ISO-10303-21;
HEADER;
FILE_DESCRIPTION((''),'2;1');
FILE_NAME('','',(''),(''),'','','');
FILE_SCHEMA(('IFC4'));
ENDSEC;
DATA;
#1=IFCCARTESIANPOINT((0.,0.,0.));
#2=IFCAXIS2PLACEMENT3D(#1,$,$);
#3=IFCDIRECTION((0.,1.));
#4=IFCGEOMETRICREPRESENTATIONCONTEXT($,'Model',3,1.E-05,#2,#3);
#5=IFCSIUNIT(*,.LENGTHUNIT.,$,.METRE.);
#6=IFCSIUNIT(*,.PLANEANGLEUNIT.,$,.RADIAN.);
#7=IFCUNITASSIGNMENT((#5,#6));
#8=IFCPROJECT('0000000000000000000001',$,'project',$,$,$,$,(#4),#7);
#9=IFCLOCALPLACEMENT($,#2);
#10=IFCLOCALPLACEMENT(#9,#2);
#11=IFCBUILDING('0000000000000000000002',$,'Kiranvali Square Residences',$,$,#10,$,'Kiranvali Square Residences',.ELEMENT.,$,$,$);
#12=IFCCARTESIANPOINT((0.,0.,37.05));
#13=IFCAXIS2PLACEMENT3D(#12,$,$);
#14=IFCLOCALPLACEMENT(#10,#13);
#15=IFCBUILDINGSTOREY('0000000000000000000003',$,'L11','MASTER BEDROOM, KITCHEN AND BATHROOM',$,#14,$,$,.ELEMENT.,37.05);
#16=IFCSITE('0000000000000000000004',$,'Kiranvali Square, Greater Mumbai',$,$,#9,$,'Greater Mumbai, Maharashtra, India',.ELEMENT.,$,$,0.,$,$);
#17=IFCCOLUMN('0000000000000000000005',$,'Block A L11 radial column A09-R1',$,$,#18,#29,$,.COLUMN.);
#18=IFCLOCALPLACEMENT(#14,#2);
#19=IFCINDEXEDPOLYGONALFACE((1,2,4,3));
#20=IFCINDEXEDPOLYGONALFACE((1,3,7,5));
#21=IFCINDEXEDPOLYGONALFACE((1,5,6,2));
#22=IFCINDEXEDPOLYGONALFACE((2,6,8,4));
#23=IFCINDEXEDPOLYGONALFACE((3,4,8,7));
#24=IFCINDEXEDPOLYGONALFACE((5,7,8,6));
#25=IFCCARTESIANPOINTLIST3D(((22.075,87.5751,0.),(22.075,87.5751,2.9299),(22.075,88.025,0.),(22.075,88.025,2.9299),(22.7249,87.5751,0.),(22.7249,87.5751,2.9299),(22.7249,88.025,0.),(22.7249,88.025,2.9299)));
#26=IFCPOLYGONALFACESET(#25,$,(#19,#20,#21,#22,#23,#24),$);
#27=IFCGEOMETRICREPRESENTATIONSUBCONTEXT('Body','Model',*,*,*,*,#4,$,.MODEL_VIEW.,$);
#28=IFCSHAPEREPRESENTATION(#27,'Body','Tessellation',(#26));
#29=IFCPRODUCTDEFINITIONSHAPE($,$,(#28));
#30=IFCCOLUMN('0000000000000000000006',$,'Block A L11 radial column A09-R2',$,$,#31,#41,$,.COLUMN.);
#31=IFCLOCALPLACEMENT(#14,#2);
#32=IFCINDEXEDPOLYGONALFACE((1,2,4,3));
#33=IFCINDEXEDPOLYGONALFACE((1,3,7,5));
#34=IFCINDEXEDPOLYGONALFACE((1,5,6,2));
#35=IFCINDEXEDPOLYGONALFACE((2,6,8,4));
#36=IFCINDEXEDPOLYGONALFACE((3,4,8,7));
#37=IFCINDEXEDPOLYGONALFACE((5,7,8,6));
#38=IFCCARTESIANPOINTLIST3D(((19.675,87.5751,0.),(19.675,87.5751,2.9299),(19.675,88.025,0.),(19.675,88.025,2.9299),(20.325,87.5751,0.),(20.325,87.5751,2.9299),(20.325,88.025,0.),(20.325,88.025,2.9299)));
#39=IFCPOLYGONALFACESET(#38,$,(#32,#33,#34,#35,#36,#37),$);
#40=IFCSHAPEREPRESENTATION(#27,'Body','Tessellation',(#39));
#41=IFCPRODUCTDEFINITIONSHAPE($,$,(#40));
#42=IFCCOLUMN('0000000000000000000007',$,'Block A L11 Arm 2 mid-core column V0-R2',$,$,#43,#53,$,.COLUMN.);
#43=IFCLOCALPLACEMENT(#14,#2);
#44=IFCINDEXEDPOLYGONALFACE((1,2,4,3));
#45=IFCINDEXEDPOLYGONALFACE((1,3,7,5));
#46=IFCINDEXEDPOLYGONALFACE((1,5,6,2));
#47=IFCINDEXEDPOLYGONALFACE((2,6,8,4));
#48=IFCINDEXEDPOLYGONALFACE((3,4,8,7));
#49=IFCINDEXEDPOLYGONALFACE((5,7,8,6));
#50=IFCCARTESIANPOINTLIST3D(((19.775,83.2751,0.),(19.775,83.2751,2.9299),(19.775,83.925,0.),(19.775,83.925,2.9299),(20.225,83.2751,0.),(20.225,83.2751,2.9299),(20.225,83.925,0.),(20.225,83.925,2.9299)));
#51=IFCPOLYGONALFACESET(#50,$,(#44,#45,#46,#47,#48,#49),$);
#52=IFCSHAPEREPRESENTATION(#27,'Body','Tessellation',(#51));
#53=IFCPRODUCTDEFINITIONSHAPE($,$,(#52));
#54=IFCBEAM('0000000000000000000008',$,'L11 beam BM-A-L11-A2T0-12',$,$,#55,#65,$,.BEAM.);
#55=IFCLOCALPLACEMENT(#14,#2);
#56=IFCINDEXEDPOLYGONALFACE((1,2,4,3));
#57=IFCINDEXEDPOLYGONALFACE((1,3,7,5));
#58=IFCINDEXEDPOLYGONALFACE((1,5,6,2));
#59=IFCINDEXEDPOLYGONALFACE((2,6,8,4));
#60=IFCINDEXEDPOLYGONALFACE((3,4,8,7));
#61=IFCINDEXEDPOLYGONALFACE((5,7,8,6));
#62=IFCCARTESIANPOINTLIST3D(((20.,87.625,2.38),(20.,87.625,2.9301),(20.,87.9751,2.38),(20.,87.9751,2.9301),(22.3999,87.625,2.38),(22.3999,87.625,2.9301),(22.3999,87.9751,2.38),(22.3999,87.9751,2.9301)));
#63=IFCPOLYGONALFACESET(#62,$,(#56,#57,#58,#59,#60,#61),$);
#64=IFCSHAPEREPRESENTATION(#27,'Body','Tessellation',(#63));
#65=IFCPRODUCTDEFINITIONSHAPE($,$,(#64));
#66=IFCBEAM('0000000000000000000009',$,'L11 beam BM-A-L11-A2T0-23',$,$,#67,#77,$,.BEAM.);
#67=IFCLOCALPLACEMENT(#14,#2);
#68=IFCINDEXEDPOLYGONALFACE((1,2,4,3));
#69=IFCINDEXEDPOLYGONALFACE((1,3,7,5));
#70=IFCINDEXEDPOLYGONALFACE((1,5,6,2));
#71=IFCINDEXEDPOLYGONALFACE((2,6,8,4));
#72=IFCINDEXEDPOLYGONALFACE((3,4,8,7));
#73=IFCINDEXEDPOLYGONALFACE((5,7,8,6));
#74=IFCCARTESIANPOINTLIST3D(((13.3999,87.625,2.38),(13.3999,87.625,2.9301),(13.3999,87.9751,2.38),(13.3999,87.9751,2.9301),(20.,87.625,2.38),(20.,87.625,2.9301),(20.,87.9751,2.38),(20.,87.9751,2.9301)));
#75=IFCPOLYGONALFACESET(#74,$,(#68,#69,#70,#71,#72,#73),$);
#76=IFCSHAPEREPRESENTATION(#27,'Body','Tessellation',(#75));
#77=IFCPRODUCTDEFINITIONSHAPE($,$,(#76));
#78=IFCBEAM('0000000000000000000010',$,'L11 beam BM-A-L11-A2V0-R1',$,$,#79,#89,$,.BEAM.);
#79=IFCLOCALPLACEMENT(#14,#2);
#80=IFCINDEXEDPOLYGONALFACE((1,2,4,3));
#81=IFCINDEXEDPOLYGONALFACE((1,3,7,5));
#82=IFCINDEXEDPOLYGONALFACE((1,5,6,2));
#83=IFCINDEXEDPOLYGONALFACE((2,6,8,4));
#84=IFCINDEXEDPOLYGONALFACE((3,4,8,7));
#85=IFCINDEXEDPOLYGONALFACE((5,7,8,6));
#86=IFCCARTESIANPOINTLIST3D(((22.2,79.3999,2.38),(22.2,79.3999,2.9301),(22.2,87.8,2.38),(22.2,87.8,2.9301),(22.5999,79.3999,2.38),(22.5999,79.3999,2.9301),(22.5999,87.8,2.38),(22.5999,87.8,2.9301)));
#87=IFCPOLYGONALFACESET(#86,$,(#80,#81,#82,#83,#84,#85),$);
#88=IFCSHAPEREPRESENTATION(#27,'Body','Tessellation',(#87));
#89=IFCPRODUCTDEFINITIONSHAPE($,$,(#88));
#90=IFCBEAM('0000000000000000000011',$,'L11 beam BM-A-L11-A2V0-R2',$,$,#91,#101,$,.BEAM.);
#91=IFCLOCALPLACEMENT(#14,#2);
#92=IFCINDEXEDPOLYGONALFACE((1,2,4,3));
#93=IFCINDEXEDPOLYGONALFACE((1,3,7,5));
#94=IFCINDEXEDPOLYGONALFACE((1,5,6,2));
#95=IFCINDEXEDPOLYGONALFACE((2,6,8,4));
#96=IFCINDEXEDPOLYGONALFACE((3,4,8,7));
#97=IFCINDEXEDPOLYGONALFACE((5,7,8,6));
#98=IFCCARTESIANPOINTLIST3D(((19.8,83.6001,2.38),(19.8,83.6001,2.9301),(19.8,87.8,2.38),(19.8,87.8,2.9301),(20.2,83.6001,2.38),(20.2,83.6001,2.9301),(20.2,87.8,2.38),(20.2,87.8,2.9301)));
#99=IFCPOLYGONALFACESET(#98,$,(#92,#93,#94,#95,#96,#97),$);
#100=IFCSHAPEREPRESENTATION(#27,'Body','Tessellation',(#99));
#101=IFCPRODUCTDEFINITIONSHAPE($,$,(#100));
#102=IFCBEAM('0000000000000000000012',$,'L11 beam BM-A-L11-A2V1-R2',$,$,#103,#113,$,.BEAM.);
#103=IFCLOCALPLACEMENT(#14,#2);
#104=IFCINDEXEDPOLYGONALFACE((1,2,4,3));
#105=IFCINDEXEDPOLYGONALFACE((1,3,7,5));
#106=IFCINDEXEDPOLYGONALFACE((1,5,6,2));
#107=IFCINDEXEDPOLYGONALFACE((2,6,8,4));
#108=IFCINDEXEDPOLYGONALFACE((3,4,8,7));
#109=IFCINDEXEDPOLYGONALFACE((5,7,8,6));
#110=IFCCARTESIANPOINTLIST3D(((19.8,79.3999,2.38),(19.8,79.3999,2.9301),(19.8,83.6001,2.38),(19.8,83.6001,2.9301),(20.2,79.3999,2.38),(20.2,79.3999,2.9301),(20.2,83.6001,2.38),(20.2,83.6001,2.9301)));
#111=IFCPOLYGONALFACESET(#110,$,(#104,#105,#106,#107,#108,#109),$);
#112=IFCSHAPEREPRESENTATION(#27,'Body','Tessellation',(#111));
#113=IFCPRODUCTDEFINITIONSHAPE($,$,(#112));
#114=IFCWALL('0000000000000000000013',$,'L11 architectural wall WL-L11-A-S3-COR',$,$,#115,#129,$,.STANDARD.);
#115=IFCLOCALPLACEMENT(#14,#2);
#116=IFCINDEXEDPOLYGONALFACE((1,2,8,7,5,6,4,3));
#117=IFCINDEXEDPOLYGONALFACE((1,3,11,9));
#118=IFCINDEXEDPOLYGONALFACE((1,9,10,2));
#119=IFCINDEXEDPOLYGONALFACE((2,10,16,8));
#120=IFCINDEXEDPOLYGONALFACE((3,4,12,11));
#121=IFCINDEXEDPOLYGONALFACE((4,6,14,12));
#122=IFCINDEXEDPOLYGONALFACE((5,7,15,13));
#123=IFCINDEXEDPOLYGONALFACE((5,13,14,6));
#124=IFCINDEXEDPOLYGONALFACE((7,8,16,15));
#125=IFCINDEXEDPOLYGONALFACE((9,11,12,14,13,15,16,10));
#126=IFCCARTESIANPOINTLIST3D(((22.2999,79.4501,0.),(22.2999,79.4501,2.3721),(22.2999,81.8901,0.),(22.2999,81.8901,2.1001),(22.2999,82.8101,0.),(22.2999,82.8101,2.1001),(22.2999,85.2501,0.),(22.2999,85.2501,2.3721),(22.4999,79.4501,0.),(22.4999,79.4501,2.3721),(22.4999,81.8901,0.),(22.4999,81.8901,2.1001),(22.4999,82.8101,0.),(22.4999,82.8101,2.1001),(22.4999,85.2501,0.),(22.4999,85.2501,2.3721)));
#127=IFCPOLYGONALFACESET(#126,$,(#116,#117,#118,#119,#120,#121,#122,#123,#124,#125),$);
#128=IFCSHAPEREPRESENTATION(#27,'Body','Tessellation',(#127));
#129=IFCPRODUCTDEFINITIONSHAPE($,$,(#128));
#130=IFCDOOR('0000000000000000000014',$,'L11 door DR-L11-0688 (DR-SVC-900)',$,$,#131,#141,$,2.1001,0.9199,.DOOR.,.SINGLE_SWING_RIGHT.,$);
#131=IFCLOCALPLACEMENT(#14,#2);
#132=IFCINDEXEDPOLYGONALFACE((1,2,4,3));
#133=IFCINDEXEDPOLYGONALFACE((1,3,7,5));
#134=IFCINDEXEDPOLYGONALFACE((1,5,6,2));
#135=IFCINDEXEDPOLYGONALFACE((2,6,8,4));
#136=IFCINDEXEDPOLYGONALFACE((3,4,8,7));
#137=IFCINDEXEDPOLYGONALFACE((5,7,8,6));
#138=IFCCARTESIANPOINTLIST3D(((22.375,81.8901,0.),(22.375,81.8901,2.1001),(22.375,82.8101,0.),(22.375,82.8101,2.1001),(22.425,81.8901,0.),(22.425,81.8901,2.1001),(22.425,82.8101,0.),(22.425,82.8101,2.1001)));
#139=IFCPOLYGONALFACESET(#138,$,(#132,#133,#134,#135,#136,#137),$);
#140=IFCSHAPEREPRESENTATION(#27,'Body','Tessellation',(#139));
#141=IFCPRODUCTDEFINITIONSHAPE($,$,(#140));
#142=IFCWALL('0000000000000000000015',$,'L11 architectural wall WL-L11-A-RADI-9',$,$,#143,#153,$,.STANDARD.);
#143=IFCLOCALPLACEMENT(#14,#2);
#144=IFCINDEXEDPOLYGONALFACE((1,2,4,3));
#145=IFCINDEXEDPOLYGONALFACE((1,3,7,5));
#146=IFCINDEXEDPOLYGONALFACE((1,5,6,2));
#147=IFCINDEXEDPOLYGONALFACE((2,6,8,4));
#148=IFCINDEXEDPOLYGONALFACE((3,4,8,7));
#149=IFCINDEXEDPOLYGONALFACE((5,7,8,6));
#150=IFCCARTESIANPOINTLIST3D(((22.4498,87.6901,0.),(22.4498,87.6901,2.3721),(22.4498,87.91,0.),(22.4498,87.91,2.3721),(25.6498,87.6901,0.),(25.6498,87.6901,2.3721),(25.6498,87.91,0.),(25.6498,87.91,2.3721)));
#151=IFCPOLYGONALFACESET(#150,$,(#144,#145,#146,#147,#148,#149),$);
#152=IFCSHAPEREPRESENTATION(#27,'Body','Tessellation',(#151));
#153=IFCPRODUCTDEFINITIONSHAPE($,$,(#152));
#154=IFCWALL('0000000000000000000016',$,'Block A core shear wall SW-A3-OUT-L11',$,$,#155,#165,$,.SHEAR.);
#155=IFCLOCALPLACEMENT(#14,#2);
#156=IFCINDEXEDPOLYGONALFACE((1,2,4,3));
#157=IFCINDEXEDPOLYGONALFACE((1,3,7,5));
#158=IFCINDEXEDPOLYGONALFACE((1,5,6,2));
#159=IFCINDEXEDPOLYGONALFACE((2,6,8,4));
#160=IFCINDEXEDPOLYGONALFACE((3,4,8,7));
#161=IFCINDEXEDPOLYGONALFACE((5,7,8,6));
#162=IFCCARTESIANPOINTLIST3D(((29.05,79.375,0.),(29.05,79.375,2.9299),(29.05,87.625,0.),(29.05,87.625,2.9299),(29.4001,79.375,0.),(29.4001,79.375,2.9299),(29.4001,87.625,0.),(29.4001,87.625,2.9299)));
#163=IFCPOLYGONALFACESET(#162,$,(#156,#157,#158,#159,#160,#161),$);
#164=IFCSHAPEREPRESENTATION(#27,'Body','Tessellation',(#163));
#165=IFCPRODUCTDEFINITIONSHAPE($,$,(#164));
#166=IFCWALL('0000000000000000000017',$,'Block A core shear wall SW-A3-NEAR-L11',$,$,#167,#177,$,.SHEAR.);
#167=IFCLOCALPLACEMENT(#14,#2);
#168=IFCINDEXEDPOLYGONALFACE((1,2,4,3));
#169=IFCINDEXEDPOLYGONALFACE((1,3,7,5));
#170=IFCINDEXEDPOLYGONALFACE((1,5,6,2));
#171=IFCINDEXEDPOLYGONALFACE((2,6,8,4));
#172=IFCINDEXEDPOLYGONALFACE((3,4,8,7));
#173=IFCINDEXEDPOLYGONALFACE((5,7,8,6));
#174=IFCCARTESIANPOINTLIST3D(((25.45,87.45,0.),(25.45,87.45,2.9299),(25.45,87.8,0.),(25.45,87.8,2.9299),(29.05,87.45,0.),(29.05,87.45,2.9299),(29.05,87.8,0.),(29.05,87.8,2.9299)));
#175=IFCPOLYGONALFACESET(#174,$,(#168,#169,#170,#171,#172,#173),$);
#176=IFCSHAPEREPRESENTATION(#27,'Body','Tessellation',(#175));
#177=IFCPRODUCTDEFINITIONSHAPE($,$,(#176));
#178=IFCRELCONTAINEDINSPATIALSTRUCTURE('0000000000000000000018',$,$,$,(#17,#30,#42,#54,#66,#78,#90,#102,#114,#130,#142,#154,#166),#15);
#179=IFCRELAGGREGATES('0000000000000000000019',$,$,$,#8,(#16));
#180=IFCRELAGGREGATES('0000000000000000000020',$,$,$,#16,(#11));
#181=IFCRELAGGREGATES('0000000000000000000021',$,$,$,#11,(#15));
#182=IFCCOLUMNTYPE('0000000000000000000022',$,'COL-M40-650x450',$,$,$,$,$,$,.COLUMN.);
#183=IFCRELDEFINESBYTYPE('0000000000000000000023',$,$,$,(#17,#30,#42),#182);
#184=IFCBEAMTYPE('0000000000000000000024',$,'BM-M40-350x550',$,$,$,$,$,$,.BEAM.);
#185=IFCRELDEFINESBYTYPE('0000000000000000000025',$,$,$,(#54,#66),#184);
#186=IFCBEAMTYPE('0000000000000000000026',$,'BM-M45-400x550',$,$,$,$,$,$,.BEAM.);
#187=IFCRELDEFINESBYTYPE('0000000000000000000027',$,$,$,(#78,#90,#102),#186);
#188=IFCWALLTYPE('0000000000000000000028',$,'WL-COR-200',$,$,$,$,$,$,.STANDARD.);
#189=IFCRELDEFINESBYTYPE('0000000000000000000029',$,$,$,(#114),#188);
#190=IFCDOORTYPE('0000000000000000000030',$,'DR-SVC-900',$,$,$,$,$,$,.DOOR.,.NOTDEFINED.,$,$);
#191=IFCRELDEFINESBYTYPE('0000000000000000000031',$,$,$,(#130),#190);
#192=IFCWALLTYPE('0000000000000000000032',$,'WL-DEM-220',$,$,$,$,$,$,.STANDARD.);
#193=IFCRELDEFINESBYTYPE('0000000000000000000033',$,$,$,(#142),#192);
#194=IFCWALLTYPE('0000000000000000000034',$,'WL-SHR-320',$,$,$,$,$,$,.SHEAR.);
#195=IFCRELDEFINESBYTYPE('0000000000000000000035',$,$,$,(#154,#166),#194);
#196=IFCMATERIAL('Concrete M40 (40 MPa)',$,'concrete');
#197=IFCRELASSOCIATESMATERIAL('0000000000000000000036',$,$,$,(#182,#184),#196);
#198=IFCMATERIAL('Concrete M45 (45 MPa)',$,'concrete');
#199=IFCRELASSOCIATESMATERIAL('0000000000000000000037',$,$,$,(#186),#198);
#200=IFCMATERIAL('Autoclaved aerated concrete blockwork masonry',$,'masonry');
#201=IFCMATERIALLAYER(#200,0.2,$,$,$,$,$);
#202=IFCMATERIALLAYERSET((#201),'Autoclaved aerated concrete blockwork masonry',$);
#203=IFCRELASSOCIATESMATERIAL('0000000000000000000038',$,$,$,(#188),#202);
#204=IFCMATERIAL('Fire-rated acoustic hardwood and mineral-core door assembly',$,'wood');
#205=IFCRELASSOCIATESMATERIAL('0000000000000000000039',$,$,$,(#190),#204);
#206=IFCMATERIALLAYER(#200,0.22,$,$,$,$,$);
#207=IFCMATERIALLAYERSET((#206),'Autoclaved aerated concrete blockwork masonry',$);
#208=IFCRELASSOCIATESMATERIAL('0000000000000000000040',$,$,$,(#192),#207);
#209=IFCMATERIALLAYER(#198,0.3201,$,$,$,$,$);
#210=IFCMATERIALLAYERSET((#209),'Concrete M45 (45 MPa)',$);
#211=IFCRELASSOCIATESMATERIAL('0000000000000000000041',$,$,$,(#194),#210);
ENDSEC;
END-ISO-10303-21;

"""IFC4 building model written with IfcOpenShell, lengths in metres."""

from ifc_helpers import new_model, si_unit, direction, frame, frame_2d, origin, origin_2d, place, context, subcontext, project, spatial, rectangle, extrude, material, layer, layer_set, material_profile, profile_set, type_object, element, fill, save


model = new_model("IFC4")

# Units and contexts
model_context = context("Model", 3, precision=1e-05, world=origin(), true_north=direction((0.0, 1.0)))
body_context = subcontext(model_context, "Body", "Model", "MODEL_VIEW")
ifc_project = project(units=[si_unit("LENGTHUNIT", "METRE"), si_unit("PLANEANGLEUNIT", "RADIAN")], contexts=[model_context])

# Site, building, storey
site_placement = place(None, origin())
site = spatial("IfcSite", under=ifc_project, at=site_placement, Name="Kiranvali Square, Greater Mumbai", LongName="Greater Mumbai, Maharashtra, India", CompositionType="ELEMENT", RefElevation=0.0)
building_placement = place(site_placement, origin())
building = spatial("IfcBuilding", under=site, at=building_placement, Name="Kiranvali Square Residences", LongName="Kiranvali Square Residences", CompositionType="ELEMENT")
storey_placement = place(building_placement, frame((0.0, 0.0, 37.05)))
storey = spatial("IfcBuildingStorey", under=building, at=storey_placement, Name="L11", Description="MASTER BEDROOM, KITCHEN AND BATHROOM", CompositionType="ELEMENT", Elevation=37.05)

# Columns
ifc_material_1 = material(Name="Concrete M40 (40 MPa)", Category="concrete")
ifc_material_profile_1 = material_profile(ifc_material_1, rectangle(XDim=0.45, YDim=0.6499, at=origin_2d()), Name="RC 650x450")
ifc_profile_set_1 = profile_set([ifc_material_profile_1], Name="Concrete M40 (40 MPa)")
column_type = type_object("IfcColumnType", Name="COL-M40-650x450", PredefinedType="COLUMN", material=ifc_profile_set_1)
for number, where, z_axis, x_axis, name in (
    (1, (22.3999, 87.8, 0.0), (0.0, 0.0, 1.0), (0.0, 1.0, 0.0), "Block A L11 radial column A09-R1"),
    (2, (20.0, 87.8, 0.0), (0.0, 0.0, 1.0), (0.0, 1.0, 0.0), "Block A L11 radial column A09-R2"),
    (3, (20.0, 83.6001, 0.0), (0.0, 0.0, 1.0), (1.0, 0.0, 0.0), "Block A L11 Arm 2 mid-core column V0-R2"),
):
    element("IfcColumn", number, at=place(storey_placement, frame(where, z_axis=z_axis, x_axis=x_axis)), inside=storey, type_object=column_type, Name=name, PredefinedType="COLUMN", context=body_context, shape_type="SweptSolid", body=[
        extrude(rectangle(XDim=0.45, YDim=0.6499, at=origin_2d()), origin(), (0.0, 0.0, 1.0), 2.9299),
    ])

# Beams
ifc_material_profile_2 = material_profile(ifc_material_1, rectangle(XDim=0.3501, YDim=0.55, at=origin_2d()), Name="RC 350x550")
ifc_profile_set_2 = profile_set([ifc_material_profile_2], Name="Concrete M40 (40 MPa)")
beam_type_1 = type_object("IfcBeamType", Name="BM-M40-350x550", PredefinedType="BEAM", material=ifc_profile_set_2)
beam_1_placement = place(storey_placement, frame((22.3999, 87.8, 2.655), z_axis=(-1.0, 0.0, 0.0), x_axis=(0.0, -1.0, 0.0)))
element("IfcBeam", 4, at=beam_1_placement, inside=storey, type_object=beam_type_1, Name="L11 beam BM-A-L11-A2T0-12", PredefinedType="BEAM", context=body_context, shape_type="SweptSolid", body=[
    extrude(rectangle(XDim=0.3501, YDim=0.55, at=origin_2d()), origin(), (0.0, 0.0, 1.0), 2.3999),
])
beam_2_placement = place(storey_placement, frame((20.0, 87.8, 2.655), z_axis=(-1.0, 0.0, 0.0), x_axis=(0.0, -1.0, 0.0)))
element("IfcBeam", 5, at=beam_2_placement, inside=storey, type_object=beam_type_1, Name="L11 beam BM-A-L11-A2T0-23", PredefinedType="BEAM", context=body_context, shape_type="SweptSolid", body=[
    extrude(rectangle(XDim=0.3501, YDim=0.55, at=origin_2d()), origin(), (0.0, 0.0, 1.0), 6.6001),
])
ifc_material_2 = material(Name="Concrete M45 (45 MPa)", Category="concrete")
ifc_material_profile_3 = material_profile(ifc_material_2, rectangle(XDim=0.3999, YDim=0.55, at=origin_2d()), Name="RC 400x550")
ifc_profile_set_3 = profile_set([ifc_material_profile_3], Name="Concrete M45 (45 MPa)")
beam_type_2 = type_object("IfcBeamType", Name="BM-M45-400x550", PredefinedType="BEAM", material=ifc_profile_set_3)
beam_3_placement = place(storey_placement, frame((22.3999, 87.8, 2.655), z_axis=(0.0, -1.0, 0.0), x_axis=(1.0, 0.0, 0.0)))
element("IfcBeam", 6, at=beam_3_placement, inside=storey, type_object=beam_type_2, Name="L11 beam BM-A-L11-A2V0-R1", PredefinedType="BEAM", context=body_context, shape_type="SweptSolid", body=[
    extrude(rectangle(XDim=0.3999, YDim=0.55, at=origin_2d()), origin(), (0.0, 0.0, 1.0), 8.4001),
])
beam_4_placement = place(storey_placement, frame((20.0, 87.8, 2.655), z_axis=(0.0, -1.0, 0.0), x_axis=(1.0, 0.0, 0.0)))
element("IfcBeam", 7, at=beam_4_placement, inside=storey, type_object=beam_type_2, Name="L11 beam BM-A-L11-A2V0-R2", PredefinedType="BEAM", context=body_context, shape_type="SweptSolid", body=[
    extrude(rectangle(XDim=0.3999, YDim=0.55, at=origin_2d()), origin(), (0.0, 0.0, 1.0), 4.2),
])
beam_5_placement = place(storey_placement, frame((20.0, 83.6001, 2.655), z_axis=(0.0, -1.0, 0.0), x_axis=(1.0, 0.0, 0.0)))
element("IfcBeam", 8, at=beam_5_placement, inside=storey, type_object=beam_type_2, Name="L11 beam BM-A-L11-A2V1-R2", PredefinedType="BEAM", context=body_context, shape_type="SweptSolid", body=[
    extrude(rectangle(XDim=0.3999, YDim=0.55, at=origin_2d()), origin(), (0.0, 0.0, 1.0), 4.2002),
])

# Wall, opening, door
ifc_material_3 = material(Name="Autoclaved aerated concrete blockwork masonry", Category="masonry")
ifc_layer_1 = layer(ifc_material_3, 0.2)
ifc_layer_set_1 = layer_set([ifc_layer_1], Name="Autoclaved aerated concrete blockwork masonry")
wall_type_1 = type_object("IfcWallType", Name="WL-COR-200", PredefinedType="STANDARD", material=ifc_layer_set_1)
ifc_material_4 = material(Name="Fire-rated acoustic hardwood and mineral-core door assembly", Category="wood")
wall_1_placement = place(storey_placement, frame((22.3999, 85.25, 0.0), z_axis=(0.0, 0.0, 1.0), x_axis=(0.0, -1.0, 0.0)))
wall_1 = element("IfcWall", 9, at=wall_1_placement, inside=storey, type_object=wall_type_1, Name="L11 architectural wall WL-L11-A-S3-COR", PredefinedType="STANDARD", context=body_context, shape_type="SweptSolid", body=[
    extrude(rectangle(XDim=5.8, YDim=0.2, at=frame_2d((2.8999, 0.0))), origin(), (0.0, 0.0, 1.0), 2.3721),
])
opening_1_placement = place(wall_1_placement, frame((2.4399, 0.0, 0.0)))
opening_1 = element("IfcOpeningElement", 10, at=opening_1_placement, cuts=wall_1, PredefinedType="OPENING", context=body_context, shape_type="SweptSolid", body=[
    extrude(rectangle(XDim=0.9199, YDim=2.1001, at=frame_2d((0.46, 1.05))), frame((0.0, 0.1099, 0.0), z_axis=(0.0, -1.0, 0.0), x_axis=(1.0, 0.0, 0.0)), (0.0, 0.0, 1.0), 0.22),
])
door_type_1 = type_object("IfcDoorType", Name="DR-SVC-900", OperationType="NOTDEFINED", PredefinedType="DOOR", material=ifc_material_4)
door_1_placement = place(opening_1_placement, frame((0.9199, 0.0, 0.0), z_axis=(0.0, 0.0, 1.0), x_axis=(-1.0, 0.0, 0.0)))
door_1 = element("IfcDoor", 11, at=door_1_placement, inside=storey, type_object=door_type_1, Name="L11 door DR-L11-0688 (DR-SVC-900)", OperationType="SINGLE_SWING_RIGHT", OverallHeight=2.1001, OverallWidth=0.9199, PredefinedType="DOOR", context=body_context, shape_type="SweptSolid", body=[
    extrude(rectangle(XDim=0.9199, YDim=2.1001, at=frame_2d((0.46, 1.05))), frame((0.0, 0.0249, 0.0), z_axis=(0.0, -1.0, 0.0), x_axis=(1.0, 0.0, 0.0)), (0.0, 0.0, 1.0), 0.05),
])
fill(opening_1, door_1)

# Walls
ifc_layer_2 = layer(ifc_material_3, 0.22)
ifc_layer_set_2 = layer_set([ifc_layer_2], Name="Autoclaved aerated concrete blockwork masonry")
wall_type_2 = type_object("IfcWallType", Name="WL-DEM-220", PredefinedType="STANDARD", material=ifc_layer_set_2)
wall_2_placement = place(storey_placement, frame((25.6499, 87.8, 0.0), z_axis=(0.0, 0.0, 1.0), x_axis=(-1.0, 0.0, 0.0)))
element("IfcWall", 12, at=wall_2_placement, inside=storey, type_object=wall_type_2, Name="L11 architectural wall WL-L11-A-RADI-9", PredefinedType="STANDARD", context=body_context, shape_type="SweptSolid", body=[
    extrude(rectangle(XDim=3.2, YDim=0.22, at=frame_2d((1.6001, 0.0))), origin(), (0.0, 0.0, 1.0), 2.3721),
])
ifc_layer_3 = layer(ifc_material_2, 0.3201)
ifc_layer_set_3 = layer_set([ifc_layer_3], Name="Concrete M45 (45 MPa)")
wall_type_3 = type_object("IfcWallType", Name="WL-SHR-320", PredefinedType="SHEAR", material=ifc_layer_set_3)
wall_3_placement = place(storey_placement, frame((29.2251, 87.625, 0.0), z_axis=(0.0, 0.0, 1.0), x_axis=(0.0, -1.0, 0.0)))
element("IfcWall", 13, at=wall_3_placement, inside=storey, type_object=wall_type_3, Name="Block A core shear wall SW-A3-OUT-L11", PredefinedType="SHEAR", context=body_context, shape_type="SweptSolid", body=[
    extrude(rectangle(XDim=8.25, YDim=0.3501, at=frame_2d((4.125, 0.0))), origin(), (0.0, 0.0, 1.0), 2.9299),
])

# Wall
wall_4_placement = place(storey_placement, frame((29.05, 87.625, 0.0), z_axis=(0.0, 0.0, 1.0), x_axis=(-1.0, 0.0, 0.0)))
element("IfcWall", 14, at=wall_4_placement, inside=storey, type_object=wall_type_3, Name="Block A core shear wall SW-A3-NEAR-L11", PredefinedType="SHEAR", context=body_context, shape_type="SweptSolid", body=[
    extrude(rectangle(XDim=3.6001, YDim=0.3501, at=frame_2d((1.8, 0.0))), origin(), (0.0, 0.0, 1.0), 2.9299),
])

save(model, "model.ifc")
